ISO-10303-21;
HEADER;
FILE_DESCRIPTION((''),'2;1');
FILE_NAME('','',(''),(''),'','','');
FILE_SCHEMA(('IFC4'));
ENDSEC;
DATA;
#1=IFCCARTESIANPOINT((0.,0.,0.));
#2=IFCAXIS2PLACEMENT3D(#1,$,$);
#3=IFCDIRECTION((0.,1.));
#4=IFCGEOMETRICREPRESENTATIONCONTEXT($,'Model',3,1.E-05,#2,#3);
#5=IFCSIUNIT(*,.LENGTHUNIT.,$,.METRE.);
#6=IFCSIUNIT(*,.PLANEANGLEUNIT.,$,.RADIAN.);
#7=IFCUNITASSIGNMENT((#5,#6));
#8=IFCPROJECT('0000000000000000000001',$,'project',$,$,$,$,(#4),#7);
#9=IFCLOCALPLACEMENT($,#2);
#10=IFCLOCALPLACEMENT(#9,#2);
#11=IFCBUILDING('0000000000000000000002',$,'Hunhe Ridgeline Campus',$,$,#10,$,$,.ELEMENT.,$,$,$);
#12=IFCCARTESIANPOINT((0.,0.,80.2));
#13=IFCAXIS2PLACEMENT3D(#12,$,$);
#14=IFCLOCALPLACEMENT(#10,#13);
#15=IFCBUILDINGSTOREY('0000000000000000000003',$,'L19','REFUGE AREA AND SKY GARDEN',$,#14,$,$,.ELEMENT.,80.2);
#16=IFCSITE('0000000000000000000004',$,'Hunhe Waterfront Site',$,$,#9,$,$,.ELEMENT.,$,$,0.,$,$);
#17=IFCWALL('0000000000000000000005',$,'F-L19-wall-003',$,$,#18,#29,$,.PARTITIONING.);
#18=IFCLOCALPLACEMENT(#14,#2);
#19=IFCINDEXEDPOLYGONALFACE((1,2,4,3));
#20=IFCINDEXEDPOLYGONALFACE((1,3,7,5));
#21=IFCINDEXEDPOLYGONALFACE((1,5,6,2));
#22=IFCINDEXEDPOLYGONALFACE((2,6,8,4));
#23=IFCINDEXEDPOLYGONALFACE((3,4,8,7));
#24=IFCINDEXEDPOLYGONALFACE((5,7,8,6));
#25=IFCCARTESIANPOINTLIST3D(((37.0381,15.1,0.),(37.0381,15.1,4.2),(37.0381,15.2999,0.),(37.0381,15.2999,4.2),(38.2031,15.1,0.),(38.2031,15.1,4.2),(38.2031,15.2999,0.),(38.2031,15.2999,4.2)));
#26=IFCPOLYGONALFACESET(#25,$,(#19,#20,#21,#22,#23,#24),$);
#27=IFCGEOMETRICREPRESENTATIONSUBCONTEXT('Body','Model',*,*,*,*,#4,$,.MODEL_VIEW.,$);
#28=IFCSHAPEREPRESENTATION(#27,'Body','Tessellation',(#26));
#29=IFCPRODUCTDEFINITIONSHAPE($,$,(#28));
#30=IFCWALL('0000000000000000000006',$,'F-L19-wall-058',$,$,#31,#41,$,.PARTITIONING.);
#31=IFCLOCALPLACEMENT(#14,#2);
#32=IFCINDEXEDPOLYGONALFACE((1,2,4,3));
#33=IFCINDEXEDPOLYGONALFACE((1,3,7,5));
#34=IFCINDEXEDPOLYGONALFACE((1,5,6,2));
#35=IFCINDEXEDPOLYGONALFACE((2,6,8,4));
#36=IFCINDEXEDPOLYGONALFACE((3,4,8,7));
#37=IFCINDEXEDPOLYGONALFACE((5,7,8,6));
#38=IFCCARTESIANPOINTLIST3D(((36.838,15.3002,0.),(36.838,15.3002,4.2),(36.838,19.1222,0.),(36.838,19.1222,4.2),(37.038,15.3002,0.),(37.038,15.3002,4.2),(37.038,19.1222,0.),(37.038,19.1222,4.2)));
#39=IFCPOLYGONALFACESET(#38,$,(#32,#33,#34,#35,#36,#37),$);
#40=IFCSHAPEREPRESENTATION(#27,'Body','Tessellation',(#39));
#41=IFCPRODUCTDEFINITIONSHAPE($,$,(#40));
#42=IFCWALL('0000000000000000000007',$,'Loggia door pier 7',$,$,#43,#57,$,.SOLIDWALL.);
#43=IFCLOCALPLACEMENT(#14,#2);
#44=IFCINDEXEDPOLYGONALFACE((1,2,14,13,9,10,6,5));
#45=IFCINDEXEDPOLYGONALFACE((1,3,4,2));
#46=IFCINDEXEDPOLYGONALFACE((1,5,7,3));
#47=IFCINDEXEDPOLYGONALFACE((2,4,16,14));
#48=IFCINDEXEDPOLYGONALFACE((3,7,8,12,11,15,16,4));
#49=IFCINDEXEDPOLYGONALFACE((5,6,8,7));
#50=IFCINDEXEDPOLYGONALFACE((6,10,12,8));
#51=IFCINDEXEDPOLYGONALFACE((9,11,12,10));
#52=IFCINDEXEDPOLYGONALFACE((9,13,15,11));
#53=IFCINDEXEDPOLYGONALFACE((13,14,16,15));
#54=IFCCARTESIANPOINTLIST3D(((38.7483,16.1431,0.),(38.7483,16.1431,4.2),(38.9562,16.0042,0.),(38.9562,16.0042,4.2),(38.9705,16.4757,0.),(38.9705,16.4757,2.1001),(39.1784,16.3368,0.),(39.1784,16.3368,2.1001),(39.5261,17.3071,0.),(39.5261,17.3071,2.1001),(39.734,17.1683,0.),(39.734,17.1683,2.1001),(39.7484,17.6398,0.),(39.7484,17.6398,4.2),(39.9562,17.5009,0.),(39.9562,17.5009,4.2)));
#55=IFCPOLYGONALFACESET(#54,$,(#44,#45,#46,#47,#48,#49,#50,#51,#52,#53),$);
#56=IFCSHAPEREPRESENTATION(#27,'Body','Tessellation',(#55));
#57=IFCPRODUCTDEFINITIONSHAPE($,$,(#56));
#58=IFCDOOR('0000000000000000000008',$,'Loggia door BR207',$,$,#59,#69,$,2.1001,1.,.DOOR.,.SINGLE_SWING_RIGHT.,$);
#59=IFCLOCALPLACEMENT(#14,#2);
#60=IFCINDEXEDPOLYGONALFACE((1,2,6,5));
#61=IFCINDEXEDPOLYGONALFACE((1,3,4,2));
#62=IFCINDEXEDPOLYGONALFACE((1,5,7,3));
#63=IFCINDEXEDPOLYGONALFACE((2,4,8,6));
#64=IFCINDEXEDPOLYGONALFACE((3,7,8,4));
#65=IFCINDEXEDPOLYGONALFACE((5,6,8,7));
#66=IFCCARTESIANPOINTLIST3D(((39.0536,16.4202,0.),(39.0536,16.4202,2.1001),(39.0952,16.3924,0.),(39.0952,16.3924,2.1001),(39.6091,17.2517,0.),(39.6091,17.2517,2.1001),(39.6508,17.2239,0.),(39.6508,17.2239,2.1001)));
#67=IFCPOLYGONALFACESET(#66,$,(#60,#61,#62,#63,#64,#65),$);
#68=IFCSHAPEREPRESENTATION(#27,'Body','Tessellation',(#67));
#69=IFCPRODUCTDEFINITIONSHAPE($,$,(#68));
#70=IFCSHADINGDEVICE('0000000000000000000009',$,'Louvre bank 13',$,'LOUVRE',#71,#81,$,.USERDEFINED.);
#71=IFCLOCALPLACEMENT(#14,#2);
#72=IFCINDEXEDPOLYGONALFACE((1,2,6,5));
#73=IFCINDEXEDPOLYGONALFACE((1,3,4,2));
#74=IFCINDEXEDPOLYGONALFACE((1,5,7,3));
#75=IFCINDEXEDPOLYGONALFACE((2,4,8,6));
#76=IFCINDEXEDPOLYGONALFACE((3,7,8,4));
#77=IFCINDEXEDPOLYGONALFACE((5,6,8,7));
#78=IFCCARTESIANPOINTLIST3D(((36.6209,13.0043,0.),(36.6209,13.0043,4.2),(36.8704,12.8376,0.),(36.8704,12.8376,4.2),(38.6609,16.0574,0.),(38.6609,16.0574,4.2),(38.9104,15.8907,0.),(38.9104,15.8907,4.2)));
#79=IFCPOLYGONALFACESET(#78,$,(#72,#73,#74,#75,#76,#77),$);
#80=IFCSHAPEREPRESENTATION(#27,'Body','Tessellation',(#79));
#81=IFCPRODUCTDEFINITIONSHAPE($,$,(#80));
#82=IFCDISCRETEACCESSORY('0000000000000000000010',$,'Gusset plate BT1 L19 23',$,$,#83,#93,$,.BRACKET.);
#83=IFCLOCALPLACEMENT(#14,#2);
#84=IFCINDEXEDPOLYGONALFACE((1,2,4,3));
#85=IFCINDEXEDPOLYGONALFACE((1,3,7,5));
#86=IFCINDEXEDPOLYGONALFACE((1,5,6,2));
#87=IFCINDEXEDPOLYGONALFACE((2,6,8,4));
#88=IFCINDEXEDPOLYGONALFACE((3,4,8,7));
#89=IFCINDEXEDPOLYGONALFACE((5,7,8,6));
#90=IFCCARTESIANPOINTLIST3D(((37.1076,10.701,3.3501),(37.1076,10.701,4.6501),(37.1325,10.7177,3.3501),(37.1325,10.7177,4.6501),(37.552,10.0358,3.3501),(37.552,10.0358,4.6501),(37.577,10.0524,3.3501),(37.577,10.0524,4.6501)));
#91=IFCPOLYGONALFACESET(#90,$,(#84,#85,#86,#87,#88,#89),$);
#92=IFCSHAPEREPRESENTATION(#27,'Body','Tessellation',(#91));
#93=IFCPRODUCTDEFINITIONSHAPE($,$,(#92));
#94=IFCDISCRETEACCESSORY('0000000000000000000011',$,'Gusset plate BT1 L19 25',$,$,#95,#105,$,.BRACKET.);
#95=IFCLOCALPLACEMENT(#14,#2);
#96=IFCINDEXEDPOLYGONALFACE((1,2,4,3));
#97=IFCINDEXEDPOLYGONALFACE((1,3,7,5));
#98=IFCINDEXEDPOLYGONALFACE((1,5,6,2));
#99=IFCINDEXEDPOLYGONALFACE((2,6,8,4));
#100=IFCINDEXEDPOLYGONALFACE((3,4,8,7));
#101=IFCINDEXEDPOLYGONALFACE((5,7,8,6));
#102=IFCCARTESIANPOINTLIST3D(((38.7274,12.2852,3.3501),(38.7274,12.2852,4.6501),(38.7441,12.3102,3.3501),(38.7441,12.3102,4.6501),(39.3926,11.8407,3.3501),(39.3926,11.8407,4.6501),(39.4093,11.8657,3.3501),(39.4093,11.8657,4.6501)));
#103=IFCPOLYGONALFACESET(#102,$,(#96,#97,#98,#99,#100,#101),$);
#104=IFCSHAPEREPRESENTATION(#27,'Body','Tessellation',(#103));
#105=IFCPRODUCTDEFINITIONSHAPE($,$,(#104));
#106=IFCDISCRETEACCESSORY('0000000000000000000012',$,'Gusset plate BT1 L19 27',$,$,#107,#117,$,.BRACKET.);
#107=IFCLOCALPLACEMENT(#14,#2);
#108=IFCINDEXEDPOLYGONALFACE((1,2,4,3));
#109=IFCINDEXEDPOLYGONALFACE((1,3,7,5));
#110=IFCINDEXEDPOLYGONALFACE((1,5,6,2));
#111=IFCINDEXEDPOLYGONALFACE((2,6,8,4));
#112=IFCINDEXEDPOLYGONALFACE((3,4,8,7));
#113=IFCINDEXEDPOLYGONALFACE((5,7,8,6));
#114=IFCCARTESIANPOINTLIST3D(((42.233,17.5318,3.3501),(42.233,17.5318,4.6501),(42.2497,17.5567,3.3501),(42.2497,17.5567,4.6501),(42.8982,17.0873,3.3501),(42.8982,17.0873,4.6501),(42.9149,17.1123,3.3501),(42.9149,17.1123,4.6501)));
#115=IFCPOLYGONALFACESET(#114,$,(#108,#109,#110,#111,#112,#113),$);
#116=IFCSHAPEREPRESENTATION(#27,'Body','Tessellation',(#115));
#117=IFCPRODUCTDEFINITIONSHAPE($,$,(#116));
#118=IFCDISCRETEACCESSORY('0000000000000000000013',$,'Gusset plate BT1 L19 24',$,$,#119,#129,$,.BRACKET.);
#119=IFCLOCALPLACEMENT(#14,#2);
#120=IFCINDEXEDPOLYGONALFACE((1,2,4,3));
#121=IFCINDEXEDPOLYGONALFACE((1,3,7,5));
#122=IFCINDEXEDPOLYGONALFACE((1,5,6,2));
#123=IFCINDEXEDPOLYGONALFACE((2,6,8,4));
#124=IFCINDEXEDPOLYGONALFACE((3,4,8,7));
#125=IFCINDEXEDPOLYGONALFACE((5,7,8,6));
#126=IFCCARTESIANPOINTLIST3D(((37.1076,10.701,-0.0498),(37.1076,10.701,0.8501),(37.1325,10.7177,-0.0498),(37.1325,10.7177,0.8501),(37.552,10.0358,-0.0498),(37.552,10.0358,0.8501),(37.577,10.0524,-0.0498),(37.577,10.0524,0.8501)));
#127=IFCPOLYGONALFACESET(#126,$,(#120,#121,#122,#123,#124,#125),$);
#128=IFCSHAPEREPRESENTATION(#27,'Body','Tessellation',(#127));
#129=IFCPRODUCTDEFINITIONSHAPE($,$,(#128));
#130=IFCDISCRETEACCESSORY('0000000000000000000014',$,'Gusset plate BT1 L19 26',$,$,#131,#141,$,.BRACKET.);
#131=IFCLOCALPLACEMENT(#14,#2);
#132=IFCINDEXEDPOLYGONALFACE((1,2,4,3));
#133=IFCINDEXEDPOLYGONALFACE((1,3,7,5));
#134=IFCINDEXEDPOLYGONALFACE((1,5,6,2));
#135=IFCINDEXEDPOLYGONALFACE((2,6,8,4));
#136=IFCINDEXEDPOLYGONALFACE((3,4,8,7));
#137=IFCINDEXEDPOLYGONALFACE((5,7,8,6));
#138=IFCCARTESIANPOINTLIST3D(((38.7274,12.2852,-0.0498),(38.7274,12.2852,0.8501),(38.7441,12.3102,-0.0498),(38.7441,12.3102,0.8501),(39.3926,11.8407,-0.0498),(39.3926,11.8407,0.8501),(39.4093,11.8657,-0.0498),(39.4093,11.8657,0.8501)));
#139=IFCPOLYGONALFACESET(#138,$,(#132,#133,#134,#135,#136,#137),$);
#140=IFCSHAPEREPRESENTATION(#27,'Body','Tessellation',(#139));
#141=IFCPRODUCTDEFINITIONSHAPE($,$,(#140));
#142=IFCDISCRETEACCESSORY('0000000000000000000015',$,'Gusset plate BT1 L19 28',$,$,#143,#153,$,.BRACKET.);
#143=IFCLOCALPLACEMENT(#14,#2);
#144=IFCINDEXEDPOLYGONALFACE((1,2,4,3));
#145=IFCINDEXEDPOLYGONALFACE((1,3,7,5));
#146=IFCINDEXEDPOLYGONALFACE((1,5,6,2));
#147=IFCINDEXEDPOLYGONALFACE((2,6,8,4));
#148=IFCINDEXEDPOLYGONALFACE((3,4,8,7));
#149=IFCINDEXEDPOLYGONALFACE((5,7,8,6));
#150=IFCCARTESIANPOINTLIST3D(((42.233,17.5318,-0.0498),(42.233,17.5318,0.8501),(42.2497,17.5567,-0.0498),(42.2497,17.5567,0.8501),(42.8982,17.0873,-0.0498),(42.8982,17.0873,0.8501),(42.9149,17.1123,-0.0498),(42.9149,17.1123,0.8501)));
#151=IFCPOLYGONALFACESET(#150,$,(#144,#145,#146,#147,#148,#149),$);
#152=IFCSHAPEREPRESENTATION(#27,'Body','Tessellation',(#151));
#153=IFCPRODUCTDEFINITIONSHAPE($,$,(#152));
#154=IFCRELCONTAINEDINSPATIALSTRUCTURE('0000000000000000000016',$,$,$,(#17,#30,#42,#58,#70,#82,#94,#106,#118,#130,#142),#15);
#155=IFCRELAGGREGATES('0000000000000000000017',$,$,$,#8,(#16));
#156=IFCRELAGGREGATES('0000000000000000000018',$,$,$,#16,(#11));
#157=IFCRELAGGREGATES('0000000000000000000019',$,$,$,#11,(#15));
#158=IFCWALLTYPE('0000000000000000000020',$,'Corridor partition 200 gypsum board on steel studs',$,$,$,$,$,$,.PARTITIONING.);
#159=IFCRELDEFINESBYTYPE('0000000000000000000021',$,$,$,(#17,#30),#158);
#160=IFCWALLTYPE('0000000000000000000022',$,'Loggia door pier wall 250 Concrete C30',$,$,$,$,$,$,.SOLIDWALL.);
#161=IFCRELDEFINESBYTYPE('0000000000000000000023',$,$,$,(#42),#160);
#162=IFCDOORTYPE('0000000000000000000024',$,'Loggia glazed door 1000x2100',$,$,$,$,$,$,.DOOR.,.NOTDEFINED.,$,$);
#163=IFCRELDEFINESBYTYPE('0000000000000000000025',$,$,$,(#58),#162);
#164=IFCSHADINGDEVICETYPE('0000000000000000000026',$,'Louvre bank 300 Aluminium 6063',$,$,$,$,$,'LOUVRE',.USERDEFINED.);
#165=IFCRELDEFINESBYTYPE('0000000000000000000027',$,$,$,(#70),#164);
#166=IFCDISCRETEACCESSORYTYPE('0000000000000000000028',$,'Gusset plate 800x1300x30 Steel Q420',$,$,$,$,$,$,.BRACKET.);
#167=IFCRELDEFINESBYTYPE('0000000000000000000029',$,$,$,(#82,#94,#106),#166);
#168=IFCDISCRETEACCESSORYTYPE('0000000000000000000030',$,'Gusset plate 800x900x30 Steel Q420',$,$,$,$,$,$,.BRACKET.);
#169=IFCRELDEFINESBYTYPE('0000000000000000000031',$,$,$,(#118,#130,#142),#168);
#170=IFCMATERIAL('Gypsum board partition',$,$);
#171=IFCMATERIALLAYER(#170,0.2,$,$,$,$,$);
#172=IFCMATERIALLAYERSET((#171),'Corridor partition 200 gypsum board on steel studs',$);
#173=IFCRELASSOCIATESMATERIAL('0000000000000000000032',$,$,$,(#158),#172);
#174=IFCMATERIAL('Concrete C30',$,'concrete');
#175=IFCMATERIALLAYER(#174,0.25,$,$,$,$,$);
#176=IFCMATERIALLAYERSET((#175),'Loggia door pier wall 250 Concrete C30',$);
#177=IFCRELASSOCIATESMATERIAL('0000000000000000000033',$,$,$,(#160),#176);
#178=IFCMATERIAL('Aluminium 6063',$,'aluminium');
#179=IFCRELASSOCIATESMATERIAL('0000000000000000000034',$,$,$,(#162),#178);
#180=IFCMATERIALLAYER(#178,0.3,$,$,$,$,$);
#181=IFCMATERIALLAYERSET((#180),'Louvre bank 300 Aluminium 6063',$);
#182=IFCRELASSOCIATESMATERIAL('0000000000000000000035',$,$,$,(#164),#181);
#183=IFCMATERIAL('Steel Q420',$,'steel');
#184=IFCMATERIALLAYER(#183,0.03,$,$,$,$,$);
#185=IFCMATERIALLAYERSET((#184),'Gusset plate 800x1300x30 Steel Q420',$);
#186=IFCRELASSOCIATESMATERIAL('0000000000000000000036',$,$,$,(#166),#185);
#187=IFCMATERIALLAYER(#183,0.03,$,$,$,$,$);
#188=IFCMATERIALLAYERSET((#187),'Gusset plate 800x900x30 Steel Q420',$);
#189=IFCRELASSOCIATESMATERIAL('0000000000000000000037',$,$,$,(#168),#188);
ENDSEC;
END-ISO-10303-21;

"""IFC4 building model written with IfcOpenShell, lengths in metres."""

from ifc_helpers import new_model, si_unit, direction, frame, frame_2d, origin, origin_2d, place, context, subcontext, project, spatial, rectangle, extrude, material, layer, layer_set, type_object, element, fill, save


model = new_model("IFC4")

# Units and contexts
model_context = context("Model", 3, precision=1e-05, world=origin(), true_north=direction((0.0, 1.0)))
body_context = subcontext(model_context, "Body", "Model", "MODEL_VIEW")
ifc_project = project(units=[si_unit("LENGTHUNIT", "METRE"), si_unit("PLANEANGLEUNIT", "RADIAN")], contexts=[model_context])

# Site, building, storey
site_placement = place(None, origin())
site = spatial("IfcSite", under=ifc_project, at=site_placement, Name="Hunhe Waterfront Site", CompositionType="ELEMENT", RefElevation=0.0)
building_placement = place(site_placement, origin())
building = spatial("IfcBuilding", under=site, at=building_placement, Name="Hunhe Ridgeline Campus", CompositionType="ELEMENT")
storey_placement = place(building_placement, frame((0.0, 0.0, 80.2)))
storey = spatial("IfcBuildingStorey", under=building, at=storey_placement, Name="L19", Description="REFUGE AREA AND SKY GARDEN", CompositionType="ELEMENT", Elevation=80.2)

# Shared definitions
ifc_material_1 = material(Name="Steel Q420", Category="steel")
ifc_material_2 = material(Name="Aluminium 6063", Category="aluminium")

# Walls
ifc_material_3 = material(Name="Gypsum board partition")
ifc_layer_1 = layer(ifc_material_3, 0.2)
ifc_layer_set_1 = layer_set([ifc_layer_1], Name="Corridor partition 200 gypsum board on steel studs")
wall_type_1 = type_object("IfcWallType", Name="Corridor partition 200 gypsum board on steel studs", PredefinedType="PARTITIONING", material=ifc_layer_set_1)
wall_1_placement = place(storey_placement, frame((38.2031, 15.2, 0.0), z_axis=(0.0, 0.0, 1.0), x_axis=(-1.0, 0.0, 0.0)))
element("IfcWall", 1, at=wall_1_placement, inside=storey, type_object=wall_type_1, Name="F-L19-wall-003", PredefinedType="PARTITIONING", context=body_context, shape_type="SweptSolid", body=[
    extrude(rectangle(XDim=1.165, YDim=0.2, at=frame_2d((0.5825, 0.0))), origin(), (0.0, 0.0, 1.0), 4.2),
])
wall_2_placement = place(storey_placement, frame((36.938, 15.3, 0.0), z_axis=(0.0, 0.0, 1.0), x_axis=(0.0, 1.0, 0.0)))
element("IfcWall", 2, at=wall_2_placement, inside=storey, type_object=wall_type_1, Name="F-L19-wall-058", PredefinedType="PARTITIONING", context=body_context, shape_type="SweptSolid", body=[
    extrude(rectangle(XDim=3.822, YDim=0.2, at=frame_2d((1.9111, 0.0))), origin(), (0.0, 0.0, 1.0), 4.2),
])

# Wall, opening, door
ifc_material_4 = material(Name="Concrete C30", Category="concrete")
ifc_layer_2 = layer(ifc_material_4, 0.25)
ifc_layer_set_2 = layer_set([ifc_layer_2], Name="Loggia door pier wall 250 Concrete C30")
wall_type_2 = type_object("IfcWallType", Name="Loggia door pier wall 250 Concrete C30", PredefinedType="SOLIDWALL", material=ifc_layer_set_2)
wall_3_placement = place(storey_placement, frame((38.8523, 16.0737, 0.0), z_axis=(0.0, 0.0, 1.0), x_axis=(0.555576, 0.831466, 0.0)))
wall_3 = element("IfcWall", 3, at=wall_3_placement, inside=storey, type_object=wall_type_2, Name="Loggia door pier 7", PredefinedType="SOLIDWALL", context=body_context, shape_type="SweptSolid", body=[
    extrude(rectangle(XDim=1.8, YDim=0.25, at=frame_2d((0.8999, 0.0))), origin(), (0.0, 0.0, 1.0), 4.2),
])
opening_placement = place(wall_3_placement, frame((0.3999, 0.0, 0.0)))
opening = element("IfcOpeningElement", 4, at=opening_placement, cuts=wall_3, PredefinedType="OPENING", context=body_context, shape_type="SweptSolid", body=[
    extrude(rectangle(XDim=1.0, YDim=2.1001, at=frame_2d((0.5, 1.05))), frame((0.0, 0.125, 0.0), z_axis=(0.0, -1.0, 0.0), x_axis=(1.0, 0.0, 0.0)), (0.0, 0.0, 1.0), 0.25),
])
door_type = type_object("IfcDoorType", Name="Loggia glazed door 1000x2100", OperationType="NOTDEFINED", PredefinedType="DOOR", material=ifc_material_2)
door_placement = place(opening_placement, frame((1.0, 0.0, 0.0), z_axis=(0.0, 0.0, 1.0), x_axis=(-1.0, 0.0, 0.0)))
door = element("IfcDoor", 5, at=door_placement, inside=storey, type_object=door_type, Name="Loggia door BR207", OperationType="SINGLE_SWING_RIGHT", OverallHeight=2.1001, OverallWidth=1.0, PredefinedType="DOOR", context=body_context, shape_type="SweptSolid", body=[
    extrude(rectangle(XDim=1.0, YDim=2.1001, at=frame_2d((0.5, 1.05))), frame((0.0, 0.0249, 0.0), z_axis=(0.0, -1.0, 0.0), x_axis=(1.0, 0.0, 0.0)), (0.0, 0.0, 1.0), 0.05),
])
fill(opening, door)

# Shading device
ifc_layer_3 = layer(ifc_material_2, 0.3)
ifc_layer_set_3 = layer_set([ifc_layer_3], Name="Louvre bank 300 Aluminium 6063")
shading_device_type = type_object("IfcShadingDeviceType", Name="Louvre bank 300 Aluminium 6063", ElementType="LOUVRE", PredefinedType="USERDEFINED", material=ifc_layer_set_3)
shading_device_placement = place(storey_placement, frame((37.7656, 14.4475, 0.0), z_axis=(0.0, 0.0, 1.0), x_axis=(0.55557, 0.83147, 0.0)))
element("IfcShadingDevice", 6, at=shading_device_placement, inside=storey, type_object=shading_device_type, Name="Louvre bank 13", ObjectType="LOUVRE", PredefinedType="USERDEFINED", context=body_context, shape_type="SweptSolid", body=[
    extrude(rectangle(XDim=3.6719, YDim=0.3, at=origin_2d()), origin(), (0.0, 0.0, 1.0), 4.2),
])

# Discrete accessories
ifc_layer_4 = layer(ifc_material_1, 0.03)
ifc_layer_set_4 = layer_set([ifc_layer_4], Name="Gusset plate 800x1300x30 Steel Q420")
discrete_accessory_type_1 = type_object("IfcDiscreteAccessoryType", Name="Gusset plate 800x1300x30 Steel Q420", PredefinedType="BRACKET", material=ifc_layer_set_4)
for number, where, z_axis, x_axis, name in (
    (7, (37.3423, 10.3767, 3.3501), (0.0, 0.0, 1.0), (0.83147, 0.55557, 0.0), "Gusset plate BT1 L19 23"),
    (8, (39.0684, 12.0754, 3.3501), (0.0, 0.0, 1.0), (-0.55557, -0.83147, 0.0), "Gusset plate BT1 L19 25"),
    (9, (42.574, 17.322, 3.3501), (0.0, 0.0, 1.0), (0.55557, 0.83147, 0.0), "Gusset plate BT1 L19 27"),
):
    element("IfcDiscreteAccessory", number, at=place(storey_placement, frame(where, z_axis=z_axis, x_axis=x_axis)), inside=storey, type_object=discrete_accessory_type_1, Name=name, PredefinedType="BRACKET", context=body_context, shape_type="SweptSolid", body=[
        extrude(rectangle(XDim=0.03, YDim=0.8, at=origin_2d()), origin(), (0.0, 0.0, 1.0), 1.3),
    ])
ifc_layer_5 = layer(ifc_material_1, 0.03)
ifc_layer_set_5 = layer_set([ifc_layer_5], Name="Gusset plate 800x900x30 Steel Q420")
discrete_accessory_type_2 = type_object("IfcDiscreteAccessoryType", Name="Gusset plate 800x900x30 Steel Q420", PredefinedType="BRACKET", material=ifc_layer_set_5)
for number, where, z_axis, x_axis, name in (
    (10, (37.3423, 10.3767, -0.0498), (0.0, 0.0, 1.0), (0.83147, 0.55557, 0.0), "Gusset plate BT1 L19 24"),
    (11, (39.0684, 12.0754, -0.0498), (0.0, 0.0, 1.0), (-0.55557, -0.83147, 0.0), "Gusset plate BT1 L19 26"),
    (12, (42.574, 17.322, -0.0498), (0.0, 0.0, 1.0), (0.55557, 0.83147, 0.0), "Gusset plate BT1 L19 28"),
):
    element("IfcDiscreteAccessory", number, at=place(storey_placement, frame(where, z_axis=z_axis, x_axis=x_axis)), inside=storey, type_object=discrete_accessory_type_2, Name=name, PredefinedType="BRACKET", context=body_context, shape_type="SweptSolid", body=[
        extrude(rectangle(XDim=0.03, YDim=0.8, at=origin_2d()), origin(), (0.0, 0.0, 1.0), 0.8999),
    ])

save(model, "model.ifc")
